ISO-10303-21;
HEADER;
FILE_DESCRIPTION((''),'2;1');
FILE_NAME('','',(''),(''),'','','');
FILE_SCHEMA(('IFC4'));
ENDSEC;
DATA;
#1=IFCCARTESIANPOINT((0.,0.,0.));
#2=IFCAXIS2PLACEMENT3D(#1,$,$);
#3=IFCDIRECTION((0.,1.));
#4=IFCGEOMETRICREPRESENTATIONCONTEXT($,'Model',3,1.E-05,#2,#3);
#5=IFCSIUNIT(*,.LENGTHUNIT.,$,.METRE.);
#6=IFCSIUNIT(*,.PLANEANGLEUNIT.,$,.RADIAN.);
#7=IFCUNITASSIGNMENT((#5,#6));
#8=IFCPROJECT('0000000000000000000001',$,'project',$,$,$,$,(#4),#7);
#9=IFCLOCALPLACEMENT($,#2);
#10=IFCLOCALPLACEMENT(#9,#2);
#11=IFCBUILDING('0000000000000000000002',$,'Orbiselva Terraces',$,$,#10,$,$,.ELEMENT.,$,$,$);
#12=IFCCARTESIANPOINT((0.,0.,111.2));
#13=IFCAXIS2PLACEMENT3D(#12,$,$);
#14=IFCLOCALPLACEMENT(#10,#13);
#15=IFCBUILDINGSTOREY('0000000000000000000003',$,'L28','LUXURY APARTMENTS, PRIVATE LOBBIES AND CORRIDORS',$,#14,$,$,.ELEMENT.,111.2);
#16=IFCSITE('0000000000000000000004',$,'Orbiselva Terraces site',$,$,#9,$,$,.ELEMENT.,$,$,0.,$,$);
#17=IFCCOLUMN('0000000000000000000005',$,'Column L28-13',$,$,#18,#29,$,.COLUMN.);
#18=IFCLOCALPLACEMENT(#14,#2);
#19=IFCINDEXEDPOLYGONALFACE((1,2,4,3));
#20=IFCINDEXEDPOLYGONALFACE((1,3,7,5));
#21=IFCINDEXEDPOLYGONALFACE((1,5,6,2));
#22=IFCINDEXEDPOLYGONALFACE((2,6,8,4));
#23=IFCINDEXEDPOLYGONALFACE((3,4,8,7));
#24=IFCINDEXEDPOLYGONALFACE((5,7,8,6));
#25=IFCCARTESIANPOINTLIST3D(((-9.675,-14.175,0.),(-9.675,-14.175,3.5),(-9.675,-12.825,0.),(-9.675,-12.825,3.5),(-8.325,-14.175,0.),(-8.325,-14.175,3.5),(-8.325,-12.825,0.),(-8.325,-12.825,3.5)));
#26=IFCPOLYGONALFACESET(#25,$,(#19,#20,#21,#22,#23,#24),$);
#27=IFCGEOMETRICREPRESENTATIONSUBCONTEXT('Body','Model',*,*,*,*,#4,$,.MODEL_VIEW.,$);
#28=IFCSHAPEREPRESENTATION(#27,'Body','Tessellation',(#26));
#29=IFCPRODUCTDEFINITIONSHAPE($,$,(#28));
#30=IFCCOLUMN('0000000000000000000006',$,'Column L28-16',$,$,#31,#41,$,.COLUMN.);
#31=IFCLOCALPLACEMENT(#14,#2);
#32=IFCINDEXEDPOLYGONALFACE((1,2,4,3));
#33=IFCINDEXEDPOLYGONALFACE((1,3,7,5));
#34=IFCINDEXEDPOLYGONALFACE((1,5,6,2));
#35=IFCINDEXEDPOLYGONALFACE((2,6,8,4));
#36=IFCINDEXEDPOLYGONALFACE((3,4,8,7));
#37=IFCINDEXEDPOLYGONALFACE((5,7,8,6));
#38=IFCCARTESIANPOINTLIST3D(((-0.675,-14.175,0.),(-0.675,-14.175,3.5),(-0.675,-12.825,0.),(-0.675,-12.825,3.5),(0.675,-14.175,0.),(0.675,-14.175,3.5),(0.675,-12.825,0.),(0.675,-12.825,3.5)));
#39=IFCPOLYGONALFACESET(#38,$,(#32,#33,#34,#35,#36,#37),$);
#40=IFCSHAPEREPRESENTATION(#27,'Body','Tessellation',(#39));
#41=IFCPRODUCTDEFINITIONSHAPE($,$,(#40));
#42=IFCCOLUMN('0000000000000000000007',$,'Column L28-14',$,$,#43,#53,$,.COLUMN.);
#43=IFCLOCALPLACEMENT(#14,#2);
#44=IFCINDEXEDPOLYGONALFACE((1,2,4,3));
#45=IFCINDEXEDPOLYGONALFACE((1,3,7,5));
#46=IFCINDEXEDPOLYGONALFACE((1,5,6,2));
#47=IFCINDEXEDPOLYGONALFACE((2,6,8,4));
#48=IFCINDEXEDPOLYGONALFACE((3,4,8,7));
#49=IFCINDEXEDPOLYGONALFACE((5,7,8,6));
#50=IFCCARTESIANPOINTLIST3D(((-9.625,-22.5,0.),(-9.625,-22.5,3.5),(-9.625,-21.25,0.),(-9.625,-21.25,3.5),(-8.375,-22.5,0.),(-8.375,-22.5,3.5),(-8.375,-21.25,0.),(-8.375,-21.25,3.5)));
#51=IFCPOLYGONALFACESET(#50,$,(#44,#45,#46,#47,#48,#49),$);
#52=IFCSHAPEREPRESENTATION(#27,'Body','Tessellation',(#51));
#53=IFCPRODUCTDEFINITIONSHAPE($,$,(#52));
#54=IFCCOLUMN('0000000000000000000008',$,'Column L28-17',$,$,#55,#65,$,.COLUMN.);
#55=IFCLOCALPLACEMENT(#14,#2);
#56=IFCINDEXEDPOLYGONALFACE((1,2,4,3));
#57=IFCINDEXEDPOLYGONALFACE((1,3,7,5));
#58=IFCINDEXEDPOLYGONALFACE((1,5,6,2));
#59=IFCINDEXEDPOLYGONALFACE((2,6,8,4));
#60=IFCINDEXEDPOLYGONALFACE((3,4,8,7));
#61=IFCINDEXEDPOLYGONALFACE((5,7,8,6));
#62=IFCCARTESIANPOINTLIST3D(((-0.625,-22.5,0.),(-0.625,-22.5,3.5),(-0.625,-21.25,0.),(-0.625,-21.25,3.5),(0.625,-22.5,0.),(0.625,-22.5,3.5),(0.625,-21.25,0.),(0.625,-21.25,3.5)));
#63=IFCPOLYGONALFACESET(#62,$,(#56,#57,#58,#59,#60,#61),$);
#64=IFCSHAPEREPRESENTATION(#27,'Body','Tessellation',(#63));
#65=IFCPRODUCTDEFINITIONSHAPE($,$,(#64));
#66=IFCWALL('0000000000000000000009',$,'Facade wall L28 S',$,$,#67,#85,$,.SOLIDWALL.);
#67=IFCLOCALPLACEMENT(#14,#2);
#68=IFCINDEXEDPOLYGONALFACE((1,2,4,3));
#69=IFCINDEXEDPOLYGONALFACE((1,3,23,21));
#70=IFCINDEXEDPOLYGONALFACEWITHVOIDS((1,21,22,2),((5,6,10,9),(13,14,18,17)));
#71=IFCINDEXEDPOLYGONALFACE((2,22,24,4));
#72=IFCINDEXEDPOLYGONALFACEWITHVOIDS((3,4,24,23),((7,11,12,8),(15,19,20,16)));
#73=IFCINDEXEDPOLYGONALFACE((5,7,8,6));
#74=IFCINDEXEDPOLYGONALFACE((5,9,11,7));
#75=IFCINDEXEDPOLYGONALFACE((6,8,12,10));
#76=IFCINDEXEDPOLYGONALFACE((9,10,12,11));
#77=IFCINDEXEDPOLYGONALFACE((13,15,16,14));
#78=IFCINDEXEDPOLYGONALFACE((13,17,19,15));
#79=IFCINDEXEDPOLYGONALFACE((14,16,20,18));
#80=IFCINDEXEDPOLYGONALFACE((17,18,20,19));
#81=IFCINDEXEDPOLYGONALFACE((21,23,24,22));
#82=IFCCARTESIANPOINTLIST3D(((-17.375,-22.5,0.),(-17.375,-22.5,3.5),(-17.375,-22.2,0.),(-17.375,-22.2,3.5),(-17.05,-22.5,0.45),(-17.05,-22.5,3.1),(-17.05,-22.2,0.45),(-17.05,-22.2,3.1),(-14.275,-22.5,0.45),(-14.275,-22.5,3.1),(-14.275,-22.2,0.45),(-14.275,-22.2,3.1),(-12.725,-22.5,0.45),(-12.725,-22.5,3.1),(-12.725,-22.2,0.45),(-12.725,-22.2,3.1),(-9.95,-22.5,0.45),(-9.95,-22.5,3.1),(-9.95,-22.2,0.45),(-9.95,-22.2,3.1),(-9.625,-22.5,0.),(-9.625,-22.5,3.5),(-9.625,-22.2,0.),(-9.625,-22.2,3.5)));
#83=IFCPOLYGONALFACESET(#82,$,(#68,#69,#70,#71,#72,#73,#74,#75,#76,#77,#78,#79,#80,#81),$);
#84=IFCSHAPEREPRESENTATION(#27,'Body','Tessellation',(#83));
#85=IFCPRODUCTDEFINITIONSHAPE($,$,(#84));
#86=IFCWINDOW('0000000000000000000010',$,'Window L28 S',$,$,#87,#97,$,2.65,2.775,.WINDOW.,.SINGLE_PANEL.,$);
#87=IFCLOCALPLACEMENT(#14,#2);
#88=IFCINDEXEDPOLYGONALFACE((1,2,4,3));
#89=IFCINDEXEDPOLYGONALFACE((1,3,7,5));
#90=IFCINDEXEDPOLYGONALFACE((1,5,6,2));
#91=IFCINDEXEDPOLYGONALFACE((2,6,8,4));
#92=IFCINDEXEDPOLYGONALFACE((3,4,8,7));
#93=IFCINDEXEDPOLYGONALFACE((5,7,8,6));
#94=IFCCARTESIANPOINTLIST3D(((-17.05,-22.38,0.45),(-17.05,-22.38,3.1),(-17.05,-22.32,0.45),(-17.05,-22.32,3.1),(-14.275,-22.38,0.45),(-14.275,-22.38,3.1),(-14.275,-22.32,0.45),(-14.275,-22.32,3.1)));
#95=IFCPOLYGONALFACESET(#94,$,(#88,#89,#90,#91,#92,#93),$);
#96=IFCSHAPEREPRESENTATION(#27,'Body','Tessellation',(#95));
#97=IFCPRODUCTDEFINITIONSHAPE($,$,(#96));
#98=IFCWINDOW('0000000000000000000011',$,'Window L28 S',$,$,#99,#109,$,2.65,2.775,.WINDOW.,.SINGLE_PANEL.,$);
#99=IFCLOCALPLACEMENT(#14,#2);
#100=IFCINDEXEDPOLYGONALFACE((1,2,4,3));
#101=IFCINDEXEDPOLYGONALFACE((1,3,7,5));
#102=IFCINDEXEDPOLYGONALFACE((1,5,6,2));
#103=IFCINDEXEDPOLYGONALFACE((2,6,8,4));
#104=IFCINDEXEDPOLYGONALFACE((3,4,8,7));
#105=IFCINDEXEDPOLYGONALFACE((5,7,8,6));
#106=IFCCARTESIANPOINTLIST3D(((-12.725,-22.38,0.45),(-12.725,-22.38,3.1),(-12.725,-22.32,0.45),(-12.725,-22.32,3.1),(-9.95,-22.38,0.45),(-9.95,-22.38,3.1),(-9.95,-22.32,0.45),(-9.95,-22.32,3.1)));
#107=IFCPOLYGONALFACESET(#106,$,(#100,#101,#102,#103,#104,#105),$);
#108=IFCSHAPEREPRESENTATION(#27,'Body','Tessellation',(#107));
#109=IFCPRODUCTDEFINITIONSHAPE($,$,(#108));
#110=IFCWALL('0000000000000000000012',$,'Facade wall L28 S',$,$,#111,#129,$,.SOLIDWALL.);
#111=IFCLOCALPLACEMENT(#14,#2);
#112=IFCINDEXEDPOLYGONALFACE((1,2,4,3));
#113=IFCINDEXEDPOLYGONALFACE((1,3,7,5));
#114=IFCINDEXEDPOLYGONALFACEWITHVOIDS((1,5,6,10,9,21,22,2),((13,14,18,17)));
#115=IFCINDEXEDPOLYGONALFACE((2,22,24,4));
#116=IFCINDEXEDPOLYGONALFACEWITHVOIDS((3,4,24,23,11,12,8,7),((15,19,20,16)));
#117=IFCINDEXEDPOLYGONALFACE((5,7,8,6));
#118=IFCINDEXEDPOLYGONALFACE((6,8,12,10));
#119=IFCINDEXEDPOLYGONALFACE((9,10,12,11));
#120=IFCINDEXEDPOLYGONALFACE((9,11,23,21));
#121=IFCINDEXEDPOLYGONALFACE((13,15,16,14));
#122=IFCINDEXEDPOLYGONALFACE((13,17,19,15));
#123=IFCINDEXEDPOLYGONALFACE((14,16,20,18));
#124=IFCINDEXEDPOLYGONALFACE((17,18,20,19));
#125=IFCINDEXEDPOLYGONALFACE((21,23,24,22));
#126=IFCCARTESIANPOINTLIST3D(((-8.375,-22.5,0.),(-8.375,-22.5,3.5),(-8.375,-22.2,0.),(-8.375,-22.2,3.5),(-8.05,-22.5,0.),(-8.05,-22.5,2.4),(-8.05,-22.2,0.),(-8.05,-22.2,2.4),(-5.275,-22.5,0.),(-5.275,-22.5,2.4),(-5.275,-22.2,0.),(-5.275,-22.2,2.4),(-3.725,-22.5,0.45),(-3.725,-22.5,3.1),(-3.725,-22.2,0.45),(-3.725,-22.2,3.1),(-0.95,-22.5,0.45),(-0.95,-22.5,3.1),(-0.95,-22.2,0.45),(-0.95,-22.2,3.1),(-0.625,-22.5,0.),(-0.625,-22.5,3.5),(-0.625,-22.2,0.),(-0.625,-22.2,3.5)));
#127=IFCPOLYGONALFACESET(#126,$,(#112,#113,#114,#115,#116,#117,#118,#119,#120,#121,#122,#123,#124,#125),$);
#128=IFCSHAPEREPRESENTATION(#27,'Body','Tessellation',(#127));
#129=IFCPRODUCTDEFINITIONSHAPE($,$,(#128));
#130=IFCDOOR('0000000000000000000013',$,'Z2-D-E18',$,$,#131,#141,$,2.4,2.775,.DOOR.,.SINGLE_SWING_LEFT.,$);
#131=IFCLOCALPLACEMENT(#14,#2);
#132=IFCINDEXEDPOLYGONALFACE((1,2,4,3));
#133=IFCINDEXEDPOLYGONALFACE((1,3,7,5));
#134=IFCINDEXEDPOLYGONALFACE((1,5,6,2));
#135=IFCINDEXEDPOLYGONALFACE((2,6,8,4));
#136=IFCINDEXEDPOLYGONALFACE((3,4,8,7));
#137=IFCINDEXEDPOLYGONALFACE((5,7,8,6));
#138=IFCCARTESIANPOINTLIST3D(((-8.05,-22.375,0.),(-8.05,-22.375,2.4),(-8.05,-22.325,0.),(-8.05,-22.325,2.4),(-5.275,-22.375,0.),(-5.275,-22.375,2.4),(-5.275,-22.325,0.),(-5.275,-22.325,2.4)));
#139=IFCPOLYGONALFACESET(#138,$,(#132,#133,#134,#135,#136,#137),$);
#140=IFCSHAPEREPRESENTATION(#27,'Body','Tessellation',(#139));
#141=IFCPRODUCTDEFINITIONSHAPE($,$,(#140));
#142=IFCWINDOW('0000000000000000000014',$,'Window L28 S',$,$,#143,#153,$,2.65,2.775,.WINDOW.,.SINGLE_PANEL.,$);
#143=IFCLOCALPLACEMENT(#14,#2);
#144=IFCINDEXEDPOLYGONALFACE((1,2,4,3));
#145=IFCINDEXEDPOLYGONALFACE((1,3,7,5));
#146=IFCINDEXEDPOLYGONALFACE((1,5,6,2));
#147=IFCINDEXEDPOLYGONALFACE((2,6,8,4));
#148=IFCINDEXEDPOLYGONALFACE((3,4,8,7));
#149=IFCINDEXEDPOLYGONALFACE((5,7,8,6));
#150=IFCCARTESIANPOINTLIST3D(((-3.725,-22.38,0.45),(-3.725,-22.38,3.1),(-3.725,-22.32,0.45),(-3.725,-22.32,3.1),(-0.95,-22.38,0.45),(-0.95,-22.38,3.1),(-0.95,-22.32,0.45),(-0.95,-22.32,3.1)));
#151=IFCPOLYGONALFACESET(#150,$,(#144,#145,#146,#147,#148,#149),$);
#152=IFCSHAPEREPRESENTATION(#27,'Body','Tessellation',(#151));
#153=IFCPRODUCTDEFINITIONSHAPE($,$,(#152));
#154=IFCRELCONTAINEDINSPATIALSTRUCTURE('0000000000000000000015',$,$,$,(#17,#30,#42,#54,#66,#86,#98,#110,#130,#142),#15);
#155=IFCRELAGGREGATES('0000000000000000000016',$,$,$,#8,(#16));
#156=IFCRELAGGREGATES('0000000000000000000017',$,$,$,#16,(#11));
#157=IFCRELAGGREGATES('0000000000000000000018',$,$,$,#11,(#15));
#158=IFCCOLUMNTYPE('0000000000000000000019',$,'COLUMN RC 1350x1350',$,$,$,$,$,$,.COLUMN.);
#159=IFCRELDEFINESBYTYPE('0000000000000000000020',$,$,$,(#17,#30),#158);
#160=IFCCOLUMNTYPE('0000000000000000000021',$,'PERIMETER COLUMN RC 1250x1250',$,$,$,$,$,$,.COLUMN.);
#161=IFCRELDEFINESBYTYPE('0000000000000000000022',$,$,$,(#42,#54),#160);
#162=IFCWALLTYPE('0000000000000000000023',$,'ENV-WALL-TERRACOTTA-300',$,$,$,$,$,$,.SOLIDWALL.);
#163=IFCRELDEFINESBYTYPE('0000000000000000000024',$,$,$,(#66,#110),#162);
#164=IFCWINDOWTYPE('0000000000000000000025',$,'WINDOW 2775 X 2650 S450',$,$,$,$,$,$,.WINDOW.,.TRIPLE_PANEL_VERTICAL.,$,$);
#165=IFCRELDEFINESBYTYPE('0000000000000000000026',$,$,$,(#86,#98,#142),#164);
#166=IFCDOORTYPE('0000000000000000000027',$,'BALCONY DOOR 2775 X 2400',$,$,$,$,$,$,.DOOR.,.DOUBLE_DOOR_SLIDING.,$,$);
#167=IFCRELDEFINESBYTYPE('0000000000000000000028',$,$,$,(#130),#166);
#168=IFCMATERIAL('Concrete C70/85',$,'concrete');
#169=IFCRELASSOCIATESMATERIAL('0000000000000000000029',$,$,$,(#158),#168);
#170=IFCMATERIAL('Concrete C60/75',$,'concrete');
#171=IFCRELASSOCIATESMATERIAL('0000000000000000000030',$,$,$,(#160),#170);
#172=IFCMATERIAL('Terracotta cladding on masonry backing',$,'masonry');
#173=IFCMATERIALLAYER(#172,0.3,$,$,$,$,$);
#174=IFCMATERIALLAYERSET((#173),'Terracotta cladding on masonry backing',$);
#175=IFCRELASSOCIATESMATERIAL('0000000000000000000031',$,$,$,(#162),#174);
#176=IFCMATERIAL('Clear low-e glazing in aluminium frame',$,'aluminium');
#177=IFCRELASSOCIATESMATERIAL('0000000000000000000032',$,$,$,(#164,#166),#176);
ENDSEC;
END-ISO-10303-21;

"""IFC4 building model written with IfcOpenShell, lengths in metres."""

from ifc_helpers import new_model, si_unit, direction, frame, frame_2d, origin, origin_2d, place, context, subcontext, project, spatial, rectangle, extrude, material, layer, layer_set, material_profile, profile_set, type_object, element, fill, save


model = new_model("IFC4")

# Units and contexts
model_context = context("Model", 3, precision=1e-05, world=origin(), true_north=direction((0.0, 1.0)))
body_context = subcontext(model_context, "Body", "Model", "MODEL_VIEW")
ifc_project = project(units=[si_unit("LENGTHUNIT", "METRE"), si_unit("PLANEANGLEUNIT", "RADIAN")], contexts=[model_context])

# Site, building, storey
site_placement = place(None, origin())
site = spatial("IfcSite", under=ifc_project, at=site_placement, Name="Orbiselva Terraces site", CompositionType="ELEMENT", RefElevation=0.0)
building_placement = place(site_placement, origin())
building = spatial("IfcBuilding", under=site, at=building_placement, Name="Orbiselva Terraces", CompositionType="ELEMENT")
storey_placement = place(building_placement, frame((0.0, 0.0, 111.2)))
storey = spatial("IfcBuildingStorey", under=building, at=storey_placement, Name="L28", Description="LUXURY APARTMENTS, PRIVATE LOBBIES AND CORRIDORS", CompositionType="ELEMENT", Elevation=111.2)

# Columns
ifc_material_1 = material(Name="Concrete C70/85", Category="concrete")
ifc_material_profile_1 = material_profile(ifc_material_1, rectangle(XDim=1.35, YDim=1.35, at=origin_2d()), Name="RC 1350x1350")
ifc_profile_set_1 = profile_set([ifc_material_profile_1], Name="Concrete C70/85")
column_type_1 = type_object("IfcColumnType", Name="COLUMN RC 1350x1350", PredefinedType="COLUMN", material=ifc_profile_set_1)
for number, where, z_axis, x_axis, name in (
    (1, (-9.0, -13.5, 0.0), (0.0, 0.0, 1.0), (1.0, 0.0, 0.0), "Column L28-13"),
    (2, (0.0, -13.5, 0.0), (0.0, 0.0, 1.0), (1.0, 0.0, 0.0), "Column L28-16"),
):
    element("IfcColumn", number, at=place(storey_placement, frame(where, z_axis=z_axis, x_axis=x_axis)), inside=storey, type_object=column_type_1, Name=name, PredefinedType="COLUMN", context=body_context, shape_type="SweptSolid", body=[
        extrude(rectangle(XDim=1.35, YDim=1.35, at=origin_2d()), origin(), (0.0, 0.0, 1.0), 3.5),
    ])
ifc_material_2 = material(Name="Concrete C60/75", Category="concrete")
ifc_material_profile_2 = material_profile(ifc_material_2, rectangle(XDim=1.25, YDim=1.25, at=origin_2d()), Name="RC 1250x1250")
ifc_profile_set_2 = profile_set([ifc_material_profile_2], Name="Concrete C60/75")
column_type_2 = type_object("IfcColumnType", Name="PERIMETER COLUMN RC 1250x1250", PredefinedType="COLUMN", material=ifc_profile_set_2)
for number, where, z_axis, x_axis, name in (
    (3, (-9.0, -21.875, 0.0), (0.0, 0.0, 1.0), (1.0, 0.0, 0.0), "Column L28-14"),
    (4, (0.0, -21.875, 0.0), (0.0, 0.0, 1.0), (1.0, 0.0, 0.0), "Column L28-17"),
):
    element("IfcColumn", number, at=place(storey_placement, frame(where, z_axis=z_axis, x_axis=x_axis)), inside=storey, type_object=column_type_2, Name=name, PredefinedType="COLUMN", context=body_context, shape_type="SweptSolid", body=[
        extrude(rectangle(XDim=1.25, YDim=1.25, at=origin_2d()), origin(), (0.0, 0.0, 1.0), 3.5),
    ])

# Wall, openings, windows
ifc_material_3 = material(Name="Terracotta cladding on masonry backing", Category="masonry")
ifc_layer_1 = layer(ifc_material_3, 0.3)
ifc_layer_set_1 = layer_set([ifc_layer_1], Name="Terracotta cladding on masonry backing")
wall_type_1 = type_object("IfcWallType", Name="ENV-WALL-TERRACOTTA-300", PredefinedType="SOLIDWALL", material=ifc_layer_set_1)
wall_1_placement = place(storey_placement, frame((-9.625, -22.35, 0.0), z_axis=(0.0, 0.0, 1.0), x_axis=(-1.0, 0.0, 0.0)))
wall_1 = element("IfcWall", 5, at=wall_1_placement, inside=storey, type_object=wall_type_1, Name="Facade wall L28 S", PredefinedType="SOLIDWALL", context=body_context, shape_type="SweptSolid", body=[
    extrude(rectangle(XDim=7.75, YDim=0.3, at=frame_2d((3.875, 0.0))), origin(), (0.0, 0.0, 1.0), 3.5),
])
opening_1_placement = place(wall_1_placement, frame((4.65, 0.0, 0.45)))
opening_1 = element("IfcOpeningElement", 6, at=opening_1_placement, cuts=wall_1, PredefinedType="OPENING", context=body_context, shape_type="SweptSolid", body=[
    extrude(rectangle(XDim=2.775, YDim=2.65, at=frame_2d((1.3875, 1.325))), frame((0.0, 0.16, 0.0), z_axis=(0.0, -1.0, 0.0), x_axis=(1.0, 0.0, 0.0)), (0.0, 0.0, 1.0), 0.32),
])
opening_2_placement = place(wall_1_placement, frame((0.325, 0.0, 0.45)))
opening_2 = element("IfcOpeningElement", 7, at=opening_2_placement, cuts=wall_1, PredefinedType="OPENING", context=body_context, shape_type="SweptSolid", body=[
    extrude(rectangle(XDim=2.775, YDim=2.65, at=frame_2d((1.3875, 1.325))), frame((0.0, 0.16, 0.0), z_axis=(0.0, -1.0, 0.0), x_axis=(1.0, 0.0, 0.0)), (0.0, 0.0, 1.0), 0.32),
])
ifc_material_4 = material(Name="Clear low-e glazing in aluminium frame", Category="aluminium")
window_type = type_object("IfcWindowType", Name="WINDOW 2775 X 2650 S450", PartitioningType="TRIPLE_PANEL_VERTICAL", PredefinedType="WINDOW", material=ifc_material_4)
window_1_placement = place(opening_1_placement, origin())
window_1 = element("IfcWindow", 8, at=window_1_placement, inside=storey, type_object=window_type, Name="Window L28 S", OverallHeight=2.65, OverallWidth=2.775, PartitioningType="SINGLE_PANEL", PredefinedType="WINDOW", context=body_context, shape_type="SweptSolid", body=[
    extrude(rectangle(XDim=2.775, YDim=2.65, at=frame_2d((1.3875, 1.325))), frame((0.0, 0.03, 0.0), z_axis=(0.0, -1.0, 0.0), x_axis=(1.0, 0.0, 0.0)), (0.0, 0.0, 1.0), 0.06),
])
fill(opening_1, window_1)
window_2_placement = place(opening_2_placement, origin())
window_2 = element("IfcWindow", 9, at=window_2_placement, inside=storey, type_object=window_type, Name="Window L28 S", OverallHeight=2.65, OverallWidth=2.775, PartitioningType="SINGLE_PANEL", PredefinedType="WINDOW", context=body_context, shape_type="SweptSolid", body=[
    extrude(rectangle(XDim=2.775, YDim=2.65, at=frame_2d((1.3875, 1.325))), frame((0.0, 0.03, 0.0), z_axis=(0.0, -1.0, 0.0), x_axis=(1.0, 0.0, 0.0)), (0.0, 0.0, 1.0), 0.06),
])
fill(opening_2, window_2)

# Wall, openings, door, window
wall_2_placement = place(storey_placement, frame((-0.625, -22.35, 0.0), z_axis=(0.0, 0.0, 1.0), x_axis=(-1.0, 0.0, 0.0)))
wall_2 = element("IfcWall", 10, at=wall_2_placement, inside=storey, type_object=wall_type_1, Name="Facade wall L28 S", PredefinedType="SOLIDWALL", context=body_context, shape_type="SweptSolid", body=[
    extrude(rectangle(XDim=7.75, YDim=0.3, at=frame_2d((3.875, 0.0))), origin(), (0.0, 0.0, 1.0), 3.5),
])
opening_3_placement = place(wall_2_placement, frame((4.65, 0.0, 0.0)))
opening_3 = element("IfcOpeningElement", 11, at=opening_3_placement, cuts=wall_2, PredefinedType="OPENING", context=body_context, shape_type="SweptSolid", body=[
    extrude(rectangle(XDim=2.775, YDim=2.4, at=frame_2d((1.3875, 1.2))), frame((0.0, 0.16, 0.0), z_axis=(0.0, -1.0, 0.0), x_axis=(1.0, 0.0, 0.0)), (0.0, 0.0, 1.0), 0.32),
])
opening_4_placement = place(wall_2_placement, frame((0.325, 0.0, 0.45)))
opening_4 = element("IfcOpeningElement", 12, at=opening_4_placement, cuts=wall_2, PredefinedType="OPENING", context=body_context, shape_type="SweptSolid", body=[
    extrude(rectangle(XDim=2.775, YDim=2.65, at=frame_2d((1.3875, 1.325))), frame((0.0, 0.16, 0.0), z_axis=(0.0, -1.0, 0.0), x_axis=(1.0, 0.0, 0.0)), (0.0, 0.0, 1.0), 0.32),
])
door_type_1 = type_object("IfcDoorType", Name="BALCONY DOOR 2775 X 2400", OperationType="DOUBLE_DOOR_SLIDING", PredefinedType="DOOR", material=ifc_material_4)
door_1_placement = place(opening_3_placement, origin())
door_1 = element("IfcDoor", 13, at=door_1_placement, inside=storey, type_object=door_type_1, Name="Z2-D-E18", OperationType="SINGLE_SWING_LEFT", OverallHeight=2.4, OverallWidth=2.775, PredefinedType="DOOR", context=body_context, shape_type="SweptSolid", body=[
    extrude(rectangle(XDim=2.775, YDim=2.4, at=frame_2d((1.3875, 1.2))), frame((0.0, 0.025, 0.0), z_axis=(0.0, -1.0, 0.0), x_axis=(1.0, 0.0, 0.0)), (0.0, 0.0, 1.0), 0.05),
])
fill(opening_3, door_1)
window_3_placement = place(opening_4_placement, origin())
window_3 = element("IfcWindow", 14, at=window_3_placement, inside=storey, type_object=window_type, Name="Window L28 S", OverallHeight=2.65, OverallWidth=2.775, PartitioningType="SINGLE_PANEL", PredefinedType="WINDOW", context=body_context, shape_type="SweptSolid", body=[
    extrude(rectangle(XDim=2.775, YDim=2.65, at=frame_2d((1.3875, 1.325))), frame((0.0, 0.03, 0.0), z_axis=(0.0, -1.0, 0.0), x_axis=(1.0, 0.0, 0.0)), (0.0, 0.0, 1.0), 0.06),
])
fill(opening_4, window_3)

save(model, "model.ifc")
